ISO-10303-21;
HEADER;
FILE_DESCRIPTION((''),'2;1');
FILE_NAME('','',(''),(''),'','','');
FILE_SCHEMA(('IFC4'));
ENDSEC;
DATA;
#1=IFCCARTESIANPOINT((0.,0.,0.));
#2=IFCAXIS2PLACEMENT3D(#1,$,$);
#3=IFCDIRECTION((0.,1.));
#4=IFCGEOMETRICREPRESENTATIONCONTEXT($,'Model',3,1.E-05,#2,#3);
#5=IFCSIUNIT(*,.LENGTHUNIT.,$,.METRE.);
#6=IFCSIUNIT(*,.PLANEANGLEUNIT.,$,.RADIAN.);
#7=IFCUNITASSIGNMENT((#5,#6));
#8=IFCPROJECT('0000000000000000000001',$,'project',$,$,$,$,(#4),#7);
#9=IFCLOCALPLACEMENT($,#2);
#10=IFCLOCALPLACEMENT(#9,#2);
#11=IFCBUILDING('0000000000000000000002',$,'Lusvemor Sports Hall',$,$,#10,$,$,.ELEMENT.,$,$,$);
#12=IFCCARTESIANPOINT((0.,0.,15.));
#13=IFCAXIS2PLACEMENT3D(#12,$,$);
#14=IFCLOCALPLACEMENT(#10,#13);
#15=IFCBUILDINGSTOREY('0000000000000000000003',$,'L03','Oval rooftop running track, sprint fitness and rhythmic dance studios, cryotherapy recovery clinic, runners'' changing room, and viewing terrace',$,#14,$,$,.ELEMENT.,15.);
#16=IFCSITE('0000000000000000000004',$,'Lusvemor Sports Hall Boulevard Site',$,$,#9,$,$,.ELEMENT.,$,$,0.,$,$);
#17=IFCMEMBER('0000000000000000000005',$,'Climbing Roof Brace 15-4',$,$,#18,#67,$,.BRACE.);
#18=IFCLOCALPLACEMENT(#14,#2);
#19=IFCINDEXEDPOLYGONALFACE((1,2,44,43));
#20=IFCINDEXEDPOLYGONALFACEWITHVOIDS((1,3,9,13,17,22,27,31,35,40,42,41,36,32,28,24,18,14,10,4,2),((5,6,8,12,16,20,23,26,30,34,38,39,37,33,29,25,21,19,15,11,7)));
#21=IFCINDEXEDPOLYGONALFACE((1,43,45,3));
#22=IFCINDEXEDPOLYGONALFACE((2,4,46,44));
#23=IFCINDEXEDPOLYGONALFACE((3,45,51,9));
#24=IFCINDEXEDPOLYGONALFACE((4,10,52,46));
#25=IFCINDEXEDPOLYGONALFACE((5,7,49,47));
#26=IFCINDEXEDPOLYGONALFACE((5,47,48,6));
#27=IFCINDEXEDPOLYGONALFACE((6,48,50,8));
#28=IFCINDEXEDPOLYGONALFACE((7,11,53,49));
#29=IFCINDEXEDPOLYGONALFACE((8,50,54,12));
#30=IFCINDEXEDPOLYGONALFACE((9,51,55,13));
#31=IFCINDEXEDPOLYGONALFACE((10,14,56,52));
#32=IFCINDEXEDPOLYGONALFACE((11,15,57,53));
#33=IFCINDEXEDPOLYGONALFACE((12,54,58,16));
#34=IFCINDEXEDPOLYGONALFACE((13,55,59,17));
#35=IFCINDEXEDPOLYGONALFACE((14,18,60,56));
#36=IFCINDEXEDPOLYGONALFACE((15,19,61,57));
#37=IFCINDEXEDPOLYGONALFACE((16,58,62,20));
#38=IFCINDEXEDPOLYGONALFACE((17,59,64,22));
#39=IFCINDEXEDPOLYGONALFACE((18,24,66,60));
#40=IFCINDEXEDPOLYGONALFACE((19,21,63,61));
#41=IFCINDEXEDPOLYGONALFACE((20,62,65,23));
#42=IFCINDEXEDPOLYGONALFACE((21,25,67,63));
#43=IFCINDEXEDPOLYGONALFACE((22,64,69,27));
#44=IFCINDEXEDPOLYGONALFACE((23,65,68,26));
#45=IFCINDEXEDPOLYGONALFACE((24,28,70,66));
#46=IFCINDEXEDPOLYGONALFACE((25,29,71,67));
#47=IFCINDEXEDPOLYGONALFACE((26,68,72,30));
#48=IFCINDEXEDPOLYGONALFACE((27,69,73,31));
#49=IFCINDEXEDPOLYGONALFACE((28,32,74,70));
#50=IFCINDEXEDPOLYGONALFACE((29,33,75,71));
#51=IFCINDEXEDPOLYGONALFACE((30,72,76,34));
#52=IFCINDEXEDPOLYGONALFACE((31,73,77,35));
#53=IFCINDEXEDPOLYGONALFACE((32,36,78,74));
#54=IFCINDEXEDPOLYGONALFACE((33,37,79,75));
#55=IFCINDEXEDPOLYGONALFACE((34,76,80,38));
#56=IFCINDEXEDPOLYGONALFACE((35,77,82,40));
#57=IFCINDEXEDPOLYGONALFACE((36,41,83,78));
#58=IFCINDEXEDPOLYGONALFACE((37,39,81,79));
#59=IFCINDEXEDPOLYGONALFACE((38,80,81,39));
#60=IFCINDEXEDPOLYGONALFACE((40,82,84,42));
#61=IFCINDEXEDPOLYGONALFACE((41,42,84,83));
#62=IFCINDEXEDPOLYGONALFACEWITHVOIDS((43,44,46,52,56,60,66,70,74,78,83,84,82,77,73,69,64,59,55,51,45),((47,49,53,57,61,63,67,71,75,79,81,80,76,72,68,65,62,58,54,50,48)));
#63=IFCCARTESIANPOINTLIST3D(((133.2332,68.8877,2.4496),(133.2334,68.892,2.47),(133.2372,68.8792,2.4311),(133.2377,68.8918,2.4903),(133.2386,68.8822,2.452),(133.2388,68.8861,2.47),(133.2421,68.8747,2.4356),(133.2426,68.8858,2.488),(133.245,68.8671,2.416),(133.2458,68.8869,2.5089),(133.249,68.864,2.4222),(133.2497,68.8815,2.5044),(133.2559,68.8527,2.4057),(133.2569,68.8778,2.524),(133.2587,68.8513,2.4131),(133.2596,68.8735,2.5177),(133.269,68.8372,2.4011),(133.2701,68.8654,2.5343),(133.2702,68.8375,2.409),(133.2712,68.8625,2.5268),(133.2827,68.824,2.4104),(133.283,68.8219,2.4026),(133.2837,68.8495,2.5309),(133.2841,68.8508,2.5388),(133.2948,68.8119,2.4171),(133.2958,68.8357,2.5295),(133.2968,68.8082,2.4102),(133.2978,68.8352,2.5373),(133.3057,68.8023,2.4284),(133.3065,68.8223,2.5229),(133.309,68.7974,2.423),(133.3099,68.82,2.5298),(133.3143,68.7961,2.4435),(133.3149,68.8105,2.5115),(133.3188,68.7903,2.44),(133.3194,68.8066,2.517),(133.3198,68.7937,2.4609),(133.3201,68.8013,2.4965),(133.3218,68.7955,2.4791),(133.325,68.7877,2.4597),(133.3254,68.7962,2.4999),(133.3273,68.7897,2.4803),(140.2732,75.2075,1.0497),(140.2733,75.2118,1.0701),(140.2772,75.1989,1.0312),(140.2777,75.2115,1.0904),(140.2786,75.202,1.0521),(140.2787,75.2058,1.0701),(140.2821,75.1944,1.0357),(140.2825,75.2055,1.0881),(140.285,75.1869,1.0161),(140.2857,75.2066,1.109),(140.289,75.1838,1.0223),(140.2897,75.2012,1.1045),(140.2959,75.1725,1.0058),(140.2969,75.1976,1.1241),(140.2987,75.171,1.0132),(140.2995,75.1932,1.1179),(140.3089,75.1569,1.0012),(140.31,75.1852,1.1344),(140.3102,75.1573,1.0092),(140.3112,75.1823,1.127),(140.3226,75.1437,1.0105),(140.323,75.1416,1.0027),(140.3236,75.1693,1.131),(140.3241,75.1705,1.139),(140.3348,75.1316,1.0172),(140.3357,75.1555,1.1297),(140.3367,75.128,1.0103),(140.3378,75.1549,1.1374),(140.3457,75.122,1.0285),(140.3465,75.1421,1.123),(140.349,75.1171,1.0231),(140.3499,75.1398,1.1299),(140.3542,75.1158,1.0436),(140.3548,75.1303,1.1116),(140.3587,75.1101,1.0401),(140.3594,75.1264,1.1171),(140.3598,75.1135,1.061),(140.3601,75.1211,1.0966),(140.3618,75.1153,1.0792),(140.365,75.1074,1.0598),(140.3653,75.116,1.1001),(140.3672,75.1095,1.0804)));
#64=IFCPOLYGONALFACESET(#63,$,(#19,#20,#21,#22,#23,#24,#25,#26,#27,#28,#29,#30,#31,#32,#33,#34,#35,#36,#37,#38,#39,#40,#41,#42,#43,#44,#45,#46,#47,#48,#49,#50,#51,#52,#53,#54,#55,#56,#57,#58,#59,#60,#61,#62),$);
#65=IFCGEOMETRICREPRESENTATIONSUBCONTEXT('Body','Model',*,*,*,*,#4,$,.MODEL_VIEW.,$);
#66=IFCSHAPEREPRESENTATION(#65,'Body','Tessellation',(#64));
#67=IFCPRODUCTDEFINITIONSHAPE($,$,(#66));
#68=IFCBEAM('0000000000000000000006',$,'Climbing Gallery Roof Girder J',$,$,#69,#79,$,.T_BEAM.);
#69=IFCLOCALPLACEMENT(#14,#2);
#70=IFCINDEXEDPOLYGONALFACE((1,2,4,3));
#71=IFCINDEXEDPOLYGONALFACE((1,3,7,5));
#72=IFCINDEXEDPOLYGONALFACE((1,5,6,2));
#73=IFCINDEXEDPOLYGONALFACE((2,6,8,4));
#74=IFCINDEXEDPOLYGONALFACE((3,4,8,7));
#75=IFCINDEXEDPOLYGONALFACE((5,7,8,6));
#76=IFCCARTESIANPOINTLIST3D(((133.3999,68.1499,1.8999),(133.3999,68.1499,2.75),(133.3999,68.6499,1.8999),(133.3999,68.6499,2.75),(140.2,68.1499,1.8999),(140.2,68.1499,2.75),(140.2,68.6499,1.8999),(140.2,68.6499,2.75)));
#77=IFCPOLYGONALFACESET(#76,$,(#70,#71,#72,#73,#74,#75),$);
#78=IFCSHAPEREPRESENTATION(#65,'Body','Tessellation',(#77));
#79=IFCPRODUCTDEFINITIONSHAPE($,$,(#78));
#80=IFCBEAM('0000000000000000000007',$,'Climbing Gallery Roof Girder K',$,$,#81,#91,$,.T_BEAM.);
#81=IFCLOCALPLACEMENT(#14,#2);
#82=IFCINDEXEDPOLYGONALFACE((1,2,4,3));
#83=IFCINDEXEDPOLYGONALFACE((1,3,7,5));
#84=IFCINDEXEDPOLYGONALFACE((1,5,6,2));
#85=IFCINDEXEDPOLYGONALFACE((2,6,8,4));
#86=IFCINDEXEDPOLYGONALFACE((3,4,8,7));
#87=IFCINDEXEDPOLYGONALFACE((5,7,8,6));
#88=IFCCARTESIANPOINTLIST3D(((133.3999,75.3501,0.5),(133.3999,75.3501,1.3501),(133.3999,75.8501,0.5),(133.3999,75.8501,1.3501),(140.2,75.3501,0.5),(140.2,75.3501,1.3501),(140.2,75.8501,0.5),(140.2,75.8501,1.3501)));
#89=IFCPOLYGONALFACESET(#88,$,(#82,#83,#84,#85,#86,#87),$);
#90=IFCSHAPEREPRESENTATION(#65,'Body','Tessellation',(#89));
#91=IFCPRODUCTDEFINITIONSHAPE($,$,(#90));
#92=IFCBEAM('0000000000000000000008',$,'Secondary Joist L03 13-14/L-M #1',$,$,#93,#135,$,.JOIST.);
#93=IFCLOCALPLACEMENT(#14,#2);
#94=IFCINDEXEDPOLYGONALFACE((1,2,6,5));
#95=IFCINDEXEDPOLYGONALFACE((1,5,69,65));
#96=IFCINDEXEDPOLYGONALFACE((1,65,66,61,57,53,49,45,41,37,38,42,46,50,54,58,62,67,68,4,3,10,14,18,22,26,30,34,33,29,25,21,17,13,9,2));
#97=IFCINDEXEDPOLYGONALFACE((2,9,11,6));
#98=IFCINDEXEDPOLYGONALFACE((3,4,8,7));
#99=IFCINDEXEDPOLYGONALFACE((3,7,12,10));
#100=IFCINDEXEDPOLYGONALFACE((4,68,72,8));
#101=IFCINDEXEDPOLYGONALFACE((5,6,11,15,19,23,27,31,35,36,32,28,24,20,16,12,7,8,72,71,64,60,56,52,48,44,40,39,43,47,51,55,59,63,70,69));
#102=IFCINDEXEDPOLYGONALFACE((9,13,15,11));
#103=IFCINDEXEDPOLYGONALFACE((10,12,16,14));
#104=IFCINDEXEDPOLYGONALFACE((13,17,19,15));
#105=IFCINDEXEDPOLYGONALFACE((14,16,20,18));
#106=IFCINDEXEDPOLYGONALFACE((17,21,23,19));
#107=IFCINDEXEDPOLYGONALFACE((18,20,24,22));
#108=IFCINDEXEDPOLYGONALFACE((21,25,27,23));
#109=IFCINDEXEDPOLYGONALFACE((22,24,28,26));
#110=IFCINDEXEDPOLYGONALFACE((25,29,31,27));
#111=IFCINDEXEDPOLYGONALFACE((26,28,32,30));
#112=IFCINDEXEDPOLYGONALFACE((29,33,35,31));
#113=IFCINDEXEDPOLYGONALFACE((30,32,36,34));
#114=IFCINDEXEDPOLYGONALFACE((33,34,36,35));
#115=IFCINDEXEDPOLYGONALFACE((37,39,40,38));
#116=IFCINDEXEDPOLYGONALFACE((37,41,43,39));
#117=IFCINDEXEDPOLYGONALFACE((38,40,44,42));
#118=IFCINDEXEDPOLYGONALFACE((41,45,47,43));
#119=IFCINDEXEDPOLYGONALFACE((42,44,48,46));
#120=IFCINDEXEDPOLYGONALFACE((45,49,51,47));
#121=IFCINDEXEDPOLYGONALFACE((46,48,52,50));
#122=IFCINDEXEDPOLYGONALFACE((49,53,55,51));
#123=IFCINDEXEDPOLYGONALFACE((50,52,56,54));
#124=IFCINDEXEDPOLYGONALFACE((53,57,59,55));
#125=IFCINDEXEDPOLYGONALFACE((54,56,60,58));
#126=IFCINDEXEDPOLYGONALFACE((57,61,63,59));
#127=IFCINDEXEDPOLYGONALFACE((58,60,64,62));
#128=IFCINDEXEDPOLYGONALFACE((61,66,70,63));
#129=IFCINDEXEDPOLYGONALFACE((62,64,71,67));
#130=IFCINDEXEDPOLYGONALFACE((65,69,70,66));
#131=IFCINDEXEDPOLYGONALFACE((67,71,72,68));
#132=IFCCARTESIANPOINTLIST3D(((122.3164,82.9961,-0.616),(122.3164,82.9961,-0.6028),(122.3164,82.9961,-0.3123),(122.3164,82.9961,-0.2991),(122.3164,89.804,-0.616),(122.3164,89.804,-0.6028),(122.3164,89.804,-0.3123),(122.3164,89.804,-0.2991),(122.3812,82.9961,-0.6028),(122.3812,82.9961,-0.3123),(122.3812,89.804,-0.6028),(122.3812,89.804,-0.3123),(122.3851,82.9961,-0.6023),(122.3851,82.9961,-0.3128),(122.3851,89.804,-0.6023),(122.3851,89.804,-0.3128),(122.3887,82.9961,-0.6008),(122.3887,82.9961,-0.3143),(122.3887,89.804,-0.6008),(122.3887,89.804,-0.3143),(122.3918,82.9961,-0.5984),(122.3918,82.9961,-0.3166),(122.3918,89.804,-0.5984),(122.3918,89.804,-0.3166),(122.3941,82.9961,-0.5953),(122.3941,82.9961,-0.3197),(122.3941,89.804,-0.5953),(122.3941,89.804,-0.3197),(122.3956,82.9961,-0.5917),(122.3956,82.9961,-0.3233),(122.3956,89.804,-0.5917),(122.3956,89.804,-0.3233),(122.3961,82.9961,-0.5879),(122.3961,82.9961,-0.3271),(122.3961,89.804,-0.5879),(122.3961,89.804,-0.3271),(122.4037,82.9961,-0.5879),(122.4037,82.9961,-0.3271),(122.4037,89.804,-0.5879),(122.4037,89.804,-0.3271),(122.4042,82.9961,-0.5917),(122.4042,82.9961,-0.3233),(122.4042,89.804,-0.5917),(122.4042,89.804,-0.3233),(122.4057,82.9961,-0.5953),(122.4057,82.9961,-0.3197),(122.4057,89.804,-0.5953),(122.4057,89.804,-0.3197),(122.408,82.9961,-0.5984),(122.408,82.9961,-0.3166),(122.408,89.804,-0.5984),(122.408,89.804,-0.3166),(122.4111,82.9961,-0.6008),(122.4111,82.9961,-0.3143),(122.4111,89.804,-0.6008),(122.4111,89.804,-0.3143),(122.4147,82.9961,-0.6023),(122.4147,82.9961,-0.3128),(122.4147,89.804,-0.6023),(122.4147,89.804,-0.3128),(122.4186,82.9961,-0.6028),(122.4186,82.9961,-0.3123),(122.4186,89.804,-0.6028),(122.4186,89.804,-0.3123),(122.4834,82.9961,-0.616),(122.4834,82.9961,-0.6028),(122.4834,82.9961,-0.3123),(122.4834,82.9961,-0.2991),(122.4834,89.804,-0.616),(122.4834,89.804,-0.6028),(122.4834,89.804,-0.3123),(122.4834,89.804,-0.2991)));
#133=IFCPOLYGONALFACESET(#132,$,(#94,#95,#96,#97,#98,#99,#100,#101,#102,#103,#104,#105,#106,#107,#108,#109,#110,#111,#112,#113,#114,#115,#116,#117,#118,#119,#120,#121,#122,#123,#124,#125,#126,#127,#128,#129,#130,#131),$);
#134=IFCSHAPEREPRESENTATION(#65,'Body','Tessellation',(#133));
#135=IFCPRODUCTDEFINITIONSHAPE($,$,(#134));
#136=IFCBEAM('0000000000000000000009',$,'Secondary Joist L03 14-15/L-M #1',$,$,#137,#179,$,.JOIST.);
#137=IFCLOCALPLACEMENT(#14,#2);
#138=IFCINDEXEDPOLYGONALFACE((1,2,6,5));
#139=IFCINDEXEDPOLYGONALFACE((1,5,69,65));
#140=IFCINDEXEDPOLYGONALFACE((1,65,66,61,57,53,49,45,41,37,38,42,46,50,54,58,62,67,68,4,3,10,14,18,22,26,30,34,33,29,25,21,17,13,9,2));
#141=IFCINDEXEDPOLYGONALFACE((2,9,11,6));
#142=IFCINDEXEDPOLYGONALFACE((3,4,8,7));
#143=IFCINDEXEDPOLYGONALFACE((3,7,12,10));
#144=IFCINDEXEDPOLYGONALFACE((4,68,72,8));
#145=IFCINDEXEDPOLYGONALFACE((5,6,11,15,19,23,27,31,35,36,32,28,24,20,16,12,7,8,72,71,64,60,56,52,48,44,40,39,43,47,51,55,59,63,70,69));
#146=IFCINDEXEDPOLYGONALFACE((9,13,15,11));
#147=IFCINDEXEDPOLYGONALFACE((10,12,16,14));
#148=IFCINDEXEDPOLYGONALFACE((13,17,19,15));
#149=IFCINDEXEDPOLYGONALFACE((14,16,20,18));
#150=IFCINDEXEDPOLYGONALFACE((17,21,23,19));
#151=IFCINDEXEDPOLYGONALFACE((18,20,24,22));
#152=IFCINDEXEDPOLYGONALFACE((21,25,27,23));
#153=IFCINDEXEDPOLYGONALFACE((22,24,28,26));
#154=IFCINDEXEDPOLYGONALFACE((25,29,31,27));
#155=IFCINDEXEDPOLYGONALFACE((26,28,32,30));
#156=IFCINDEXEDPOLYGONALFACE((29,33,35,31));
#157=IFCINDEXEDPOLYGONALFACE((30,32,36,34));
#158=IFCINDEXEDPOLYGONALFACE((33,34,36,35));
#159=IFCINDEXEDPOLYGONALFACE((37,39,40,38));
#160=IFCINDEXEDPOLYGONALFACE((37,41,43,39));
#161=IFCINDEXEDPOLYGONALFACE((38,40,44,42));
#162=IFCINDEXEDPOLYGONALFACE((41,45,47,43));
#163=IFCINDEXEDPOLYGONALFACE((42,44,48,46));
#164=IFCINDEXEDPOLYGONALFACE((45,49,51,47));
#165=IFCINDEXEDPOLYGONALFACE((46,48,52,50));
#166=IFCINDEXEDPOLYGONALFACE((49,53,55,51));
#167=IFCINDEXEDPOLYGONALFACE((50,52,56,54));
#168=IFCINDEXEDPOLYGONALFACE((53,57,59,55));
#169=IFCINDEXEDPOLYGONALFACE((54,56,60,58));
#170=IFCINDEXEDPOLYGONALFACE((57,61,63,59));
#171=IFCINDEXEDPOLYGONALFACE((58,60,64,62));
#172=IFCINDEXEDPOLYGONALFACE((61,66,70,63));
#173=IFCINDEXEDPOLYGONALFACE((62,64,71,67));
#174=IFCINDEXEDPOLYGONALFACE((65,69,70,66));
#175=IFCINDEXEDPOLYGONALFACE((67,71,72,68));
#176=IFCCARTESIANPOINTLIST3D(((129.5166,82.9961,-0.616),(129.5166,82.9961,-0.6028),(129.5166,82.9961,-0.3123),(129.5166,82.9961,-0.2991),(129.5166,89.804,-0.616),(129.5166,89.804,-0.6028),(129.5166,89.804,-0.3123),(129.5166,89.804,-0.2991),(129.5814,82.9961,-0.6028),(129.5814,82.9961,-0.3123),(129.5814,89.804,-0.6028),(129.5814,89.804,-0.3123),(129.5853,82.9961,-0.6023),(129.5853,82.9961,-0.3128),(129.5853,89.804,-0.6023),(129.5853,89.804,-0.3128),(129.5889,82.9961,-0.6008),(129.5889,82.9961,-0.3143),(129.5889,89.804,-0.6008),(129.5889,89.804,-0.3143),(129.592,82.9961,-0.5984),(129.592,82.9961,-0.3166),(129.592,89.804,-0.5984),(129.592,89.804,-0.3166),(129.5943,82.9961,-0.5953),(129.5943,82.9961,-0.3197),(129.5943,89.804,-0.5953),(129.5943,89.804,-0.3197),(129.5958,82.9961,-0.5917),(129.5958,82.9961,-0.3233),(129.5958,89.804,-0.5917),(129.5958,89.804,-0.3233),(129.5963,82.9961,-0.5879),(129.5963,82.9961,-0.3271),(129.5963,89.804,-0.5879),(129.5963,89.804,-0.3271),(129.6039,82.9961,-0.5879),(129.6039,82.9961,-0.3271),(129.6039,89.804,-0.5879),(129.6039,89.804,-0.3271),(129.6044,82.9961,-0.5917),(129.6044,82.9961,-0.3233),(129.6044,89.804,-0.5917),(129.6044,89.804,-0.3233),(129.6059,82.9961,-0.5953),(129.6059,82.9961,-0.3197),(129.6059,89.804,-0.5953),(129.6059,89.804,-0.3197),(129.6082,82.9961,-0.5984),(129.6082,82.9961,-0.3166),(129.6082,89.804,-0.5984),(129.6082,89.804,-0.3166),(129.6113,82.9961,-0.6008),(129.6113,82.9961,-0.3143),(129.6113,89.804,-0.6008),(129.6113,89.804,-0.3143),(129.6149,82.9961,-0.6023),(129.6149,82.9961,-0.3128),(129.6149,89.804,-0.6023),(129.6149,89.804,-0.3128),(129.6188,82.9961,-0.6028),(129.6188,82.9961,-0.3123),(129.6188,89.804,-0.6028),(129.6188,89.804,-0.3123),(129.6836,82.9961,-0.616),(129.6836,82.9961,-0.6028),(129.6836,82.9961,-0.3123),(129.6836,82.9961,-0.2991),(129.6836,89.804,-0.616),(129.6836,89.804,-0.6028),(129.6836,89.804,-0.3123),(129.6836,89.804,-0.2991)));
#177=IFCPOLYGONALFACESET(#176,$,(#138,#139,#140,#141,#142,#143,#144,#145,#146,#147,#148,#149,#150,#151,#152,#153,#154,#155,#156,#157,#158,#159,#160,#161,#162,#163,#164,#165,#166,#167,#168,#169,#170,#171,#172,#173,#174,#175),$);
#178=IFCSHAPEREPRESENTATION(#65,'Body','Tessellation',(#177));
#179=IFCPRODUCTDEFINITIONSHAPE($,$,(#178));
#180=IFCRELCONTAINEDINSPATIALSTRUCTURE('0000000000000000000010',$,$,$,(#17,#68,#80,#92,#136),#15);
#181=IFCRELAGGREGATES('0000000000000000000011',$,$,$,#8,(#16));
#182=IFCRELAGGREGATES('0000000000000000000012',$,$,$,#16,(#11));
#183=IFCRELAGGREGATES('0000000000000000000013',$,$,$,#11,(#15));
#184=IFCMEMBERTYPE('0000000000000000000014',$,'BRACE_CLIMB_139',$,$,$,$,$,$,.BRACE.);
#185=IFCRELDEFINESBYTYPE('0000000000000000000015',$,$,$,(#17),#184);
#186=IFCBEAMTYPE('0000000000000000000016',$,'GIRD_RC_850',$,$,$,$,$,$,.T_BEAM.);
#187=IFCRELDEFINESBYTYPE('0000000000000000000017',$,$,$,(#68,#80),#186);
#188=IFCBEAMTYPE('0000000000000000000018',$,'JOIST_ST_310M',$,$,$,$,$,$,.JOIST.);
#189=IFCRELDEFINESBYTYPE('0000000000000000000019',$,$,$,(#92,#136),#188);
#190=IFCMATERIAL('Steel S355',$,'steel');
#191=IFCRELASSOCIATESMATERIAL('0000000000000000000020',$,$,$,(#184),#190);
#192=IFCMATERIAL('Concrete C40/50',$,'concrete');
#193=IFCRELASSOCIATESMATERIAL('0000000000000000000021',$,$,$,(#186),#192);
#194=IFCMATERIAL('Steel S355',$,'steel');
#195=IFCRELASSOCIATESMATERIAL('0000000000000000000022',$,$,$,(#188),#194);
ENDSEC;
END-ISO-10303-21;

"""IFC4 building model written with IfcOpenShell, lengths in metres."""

from ifc_helpers import new_model, si_unit, direction, frame, origin, origin_2d, place, context, subcontext, project, spatial, rectangle, hollow_circle, i_section, extrude, material, material_profile, profile_set, type_object, element, save


model = new_model("IFC4")

# Units and contexts
model_context = context("Model", 3, precision=1e-05, world=origin(), true_north=direction((0.0, 1.0)))
body_context = subcontext(model_context, "Body", "Model", "MODEL_VIEW")
ifc_project = project(units=[si_unit("LENGTHUNIT", "METRE"), si_unit("PLANEANGLEUNIT", "RADIAN")], contexts=[model_context])

# Site, building, storey
site_placement = place(None, origin())
site = spatial("IfcSite", under=ifc_project, at=site_placement, Name="Lusvemor Sports Hall Boulevard Site", CompositionType="ELEMENT", RefElevation=0.0)
building_placement = place(site_placement, origin())
building = spatial("IfcBuilding", under=site, at=building_placement, Name="Lusvemor Sports Hall", CompositionType="ELEMENT")
storey_placement = place(building_placement, frame((0.0, 0.0, 15.0)))
storey = spatial("IfcBuildingStorey", under=building, at=storey_placement, Name="L03", Description="Oval rooftop running track, sprint fitness and rhythmic dance studios, cryotherapy recovery clinic, runners' changing room, and viewing terrace", CompositionType="ELEMENT", Elevation=15.0)

# Member
ifc_material_1 = material(Name="Steel S355", Category="steel")
ifc_material_profile_1 = material_profile(ifc_material_1, hollow_circle(Radius=0.0698, WallThickness=0.0081, at=origin_2d()), Name="CHS139.7x8.0")
ifc_profile_set_1 = profile_set([ifc_material_profile_1], Name="Steel S355")
member_type_1 = type_object("IfcMemberType", Name="BRACE_CLIMB_139", PredefinedType="BRACE", material=ifc_profile_set_1)
member_1_placement = place(storey_placement, frame((133.28, 68.8401, 2.47), z_axis=(0.73613, 0.660822, -0.146378), x_axis=(-0.668017, 0.744146, 0.0)))
element("IfcMember", 1, at=member_1_placement, inside=storey, type_object=member_type_1, Name="Climbing Roof Brace 15-4", PredefinedType="BRACE", context=body_context, shape_type="SweptSolid", body=[
    extrude(hollow_circle(Radius=0.0698, WallThickness=0.0081, at=origin_2d()), origin(), (0.0, 0.0, 1.0), 9.5635),
])

# Beams
ifc_material_2 = material(Name="Concrete C40/50", Category="concrete")
ifc_material_profile_2 = material_profile(ifc_material_2, rectangle(XDim=0.5, YDim=0.8501, at=origin_2d()), Name="RC500x850")
ifc_profile_set_2 = profile_set([ifc_material_profile_2], Name="Concrete C40/50")
beam_type_1 = type_object("IfcBeamType", Name="GIRD_RC_850", PredefinedType="T_BEAM", material=ifc_profile_set_2)
for number, where, z_axis, x_axis, name in (
    (2, (133.3999, 68.3999, 2.325), (1.0, 0.0, 0.0), (0.0, 1.0, 0.0), "Climbing Gallery Roof Girder J"),
    (3, (133.3999, 75.6001, 0.925), (1.0, 0.0, 0.0), (0.0, 1.0, 0.0), "Climbing Gallery Roof Girder K"),
):
    element("IfcBeam", number, at=place(storey_placement, frame(where, z_axis=z_axis, x_axis=x_axis)), inside=storey, type_object=beam_type_1, Name=name, PredefinedType="T_BEAM", context=body_context, shape_type="SweptSolid", body=[
        extrude(rectangle(XDim=0.5, YDim=0.8501, at=origin_2d()), origin(), (0.0, 0.0, 1.0), 6.8),
    ])
ifc_material_3 = material(Name="Steel S355", Category="steel")
ifc_material_profile_3 = material_profile(ifc_material_3, i_section(OverallWidth=0.167, OverallDepth=0.3169, WebThickness=0.0076, FlangeThickness=0.0132, FilletRadius=0.0149, at=origin_2d()), Name="W310x52.0")
ifc_profile_set_3 = profile_set([ifc_material_profile_3], Name="Steel S355")
beam_type_2 = type_object("IfcBeamType", Name="JOIST_ST_310M", PredefinedType="JOIST", material=ifc_profile_set_3)
for number, where, z_axis, x_axis, name in (
    (4, (122.3999, 82.9961, -0.4575), (0.0, 1.0, 0.0), (-1.0, 0.0, 0.0), "Secondary Joist L03 13-14/L-M #1"),
    (5, (129.6001, 82.9961, -0.4575), (0.0, 1.0, 0.0), (-1.0, 0.0, 0.0), "Secondary Joist L03 14-15/L-M #1"),
):
    element("IfcBeam", number, at=place(storey_placement, frame(where, z_axis=z_axis, x_axis=x_axis)), inside=storey, type_object=beam_type_2, Name=name, PredefinedType="JOIST", context=body_context, shape_type="SweptSolid", body=[
        extrude(i_section(OverallWidth=0.167, OverallDepth=0.3169, WebThickness=0.0076, FlangeThickness=0.0132, FilletRadius=0.0149, at=origin_2d()), origin(), (0.0, 0.0, 1.0), 6.8079),
    ])

save(model, "model.ifc")
